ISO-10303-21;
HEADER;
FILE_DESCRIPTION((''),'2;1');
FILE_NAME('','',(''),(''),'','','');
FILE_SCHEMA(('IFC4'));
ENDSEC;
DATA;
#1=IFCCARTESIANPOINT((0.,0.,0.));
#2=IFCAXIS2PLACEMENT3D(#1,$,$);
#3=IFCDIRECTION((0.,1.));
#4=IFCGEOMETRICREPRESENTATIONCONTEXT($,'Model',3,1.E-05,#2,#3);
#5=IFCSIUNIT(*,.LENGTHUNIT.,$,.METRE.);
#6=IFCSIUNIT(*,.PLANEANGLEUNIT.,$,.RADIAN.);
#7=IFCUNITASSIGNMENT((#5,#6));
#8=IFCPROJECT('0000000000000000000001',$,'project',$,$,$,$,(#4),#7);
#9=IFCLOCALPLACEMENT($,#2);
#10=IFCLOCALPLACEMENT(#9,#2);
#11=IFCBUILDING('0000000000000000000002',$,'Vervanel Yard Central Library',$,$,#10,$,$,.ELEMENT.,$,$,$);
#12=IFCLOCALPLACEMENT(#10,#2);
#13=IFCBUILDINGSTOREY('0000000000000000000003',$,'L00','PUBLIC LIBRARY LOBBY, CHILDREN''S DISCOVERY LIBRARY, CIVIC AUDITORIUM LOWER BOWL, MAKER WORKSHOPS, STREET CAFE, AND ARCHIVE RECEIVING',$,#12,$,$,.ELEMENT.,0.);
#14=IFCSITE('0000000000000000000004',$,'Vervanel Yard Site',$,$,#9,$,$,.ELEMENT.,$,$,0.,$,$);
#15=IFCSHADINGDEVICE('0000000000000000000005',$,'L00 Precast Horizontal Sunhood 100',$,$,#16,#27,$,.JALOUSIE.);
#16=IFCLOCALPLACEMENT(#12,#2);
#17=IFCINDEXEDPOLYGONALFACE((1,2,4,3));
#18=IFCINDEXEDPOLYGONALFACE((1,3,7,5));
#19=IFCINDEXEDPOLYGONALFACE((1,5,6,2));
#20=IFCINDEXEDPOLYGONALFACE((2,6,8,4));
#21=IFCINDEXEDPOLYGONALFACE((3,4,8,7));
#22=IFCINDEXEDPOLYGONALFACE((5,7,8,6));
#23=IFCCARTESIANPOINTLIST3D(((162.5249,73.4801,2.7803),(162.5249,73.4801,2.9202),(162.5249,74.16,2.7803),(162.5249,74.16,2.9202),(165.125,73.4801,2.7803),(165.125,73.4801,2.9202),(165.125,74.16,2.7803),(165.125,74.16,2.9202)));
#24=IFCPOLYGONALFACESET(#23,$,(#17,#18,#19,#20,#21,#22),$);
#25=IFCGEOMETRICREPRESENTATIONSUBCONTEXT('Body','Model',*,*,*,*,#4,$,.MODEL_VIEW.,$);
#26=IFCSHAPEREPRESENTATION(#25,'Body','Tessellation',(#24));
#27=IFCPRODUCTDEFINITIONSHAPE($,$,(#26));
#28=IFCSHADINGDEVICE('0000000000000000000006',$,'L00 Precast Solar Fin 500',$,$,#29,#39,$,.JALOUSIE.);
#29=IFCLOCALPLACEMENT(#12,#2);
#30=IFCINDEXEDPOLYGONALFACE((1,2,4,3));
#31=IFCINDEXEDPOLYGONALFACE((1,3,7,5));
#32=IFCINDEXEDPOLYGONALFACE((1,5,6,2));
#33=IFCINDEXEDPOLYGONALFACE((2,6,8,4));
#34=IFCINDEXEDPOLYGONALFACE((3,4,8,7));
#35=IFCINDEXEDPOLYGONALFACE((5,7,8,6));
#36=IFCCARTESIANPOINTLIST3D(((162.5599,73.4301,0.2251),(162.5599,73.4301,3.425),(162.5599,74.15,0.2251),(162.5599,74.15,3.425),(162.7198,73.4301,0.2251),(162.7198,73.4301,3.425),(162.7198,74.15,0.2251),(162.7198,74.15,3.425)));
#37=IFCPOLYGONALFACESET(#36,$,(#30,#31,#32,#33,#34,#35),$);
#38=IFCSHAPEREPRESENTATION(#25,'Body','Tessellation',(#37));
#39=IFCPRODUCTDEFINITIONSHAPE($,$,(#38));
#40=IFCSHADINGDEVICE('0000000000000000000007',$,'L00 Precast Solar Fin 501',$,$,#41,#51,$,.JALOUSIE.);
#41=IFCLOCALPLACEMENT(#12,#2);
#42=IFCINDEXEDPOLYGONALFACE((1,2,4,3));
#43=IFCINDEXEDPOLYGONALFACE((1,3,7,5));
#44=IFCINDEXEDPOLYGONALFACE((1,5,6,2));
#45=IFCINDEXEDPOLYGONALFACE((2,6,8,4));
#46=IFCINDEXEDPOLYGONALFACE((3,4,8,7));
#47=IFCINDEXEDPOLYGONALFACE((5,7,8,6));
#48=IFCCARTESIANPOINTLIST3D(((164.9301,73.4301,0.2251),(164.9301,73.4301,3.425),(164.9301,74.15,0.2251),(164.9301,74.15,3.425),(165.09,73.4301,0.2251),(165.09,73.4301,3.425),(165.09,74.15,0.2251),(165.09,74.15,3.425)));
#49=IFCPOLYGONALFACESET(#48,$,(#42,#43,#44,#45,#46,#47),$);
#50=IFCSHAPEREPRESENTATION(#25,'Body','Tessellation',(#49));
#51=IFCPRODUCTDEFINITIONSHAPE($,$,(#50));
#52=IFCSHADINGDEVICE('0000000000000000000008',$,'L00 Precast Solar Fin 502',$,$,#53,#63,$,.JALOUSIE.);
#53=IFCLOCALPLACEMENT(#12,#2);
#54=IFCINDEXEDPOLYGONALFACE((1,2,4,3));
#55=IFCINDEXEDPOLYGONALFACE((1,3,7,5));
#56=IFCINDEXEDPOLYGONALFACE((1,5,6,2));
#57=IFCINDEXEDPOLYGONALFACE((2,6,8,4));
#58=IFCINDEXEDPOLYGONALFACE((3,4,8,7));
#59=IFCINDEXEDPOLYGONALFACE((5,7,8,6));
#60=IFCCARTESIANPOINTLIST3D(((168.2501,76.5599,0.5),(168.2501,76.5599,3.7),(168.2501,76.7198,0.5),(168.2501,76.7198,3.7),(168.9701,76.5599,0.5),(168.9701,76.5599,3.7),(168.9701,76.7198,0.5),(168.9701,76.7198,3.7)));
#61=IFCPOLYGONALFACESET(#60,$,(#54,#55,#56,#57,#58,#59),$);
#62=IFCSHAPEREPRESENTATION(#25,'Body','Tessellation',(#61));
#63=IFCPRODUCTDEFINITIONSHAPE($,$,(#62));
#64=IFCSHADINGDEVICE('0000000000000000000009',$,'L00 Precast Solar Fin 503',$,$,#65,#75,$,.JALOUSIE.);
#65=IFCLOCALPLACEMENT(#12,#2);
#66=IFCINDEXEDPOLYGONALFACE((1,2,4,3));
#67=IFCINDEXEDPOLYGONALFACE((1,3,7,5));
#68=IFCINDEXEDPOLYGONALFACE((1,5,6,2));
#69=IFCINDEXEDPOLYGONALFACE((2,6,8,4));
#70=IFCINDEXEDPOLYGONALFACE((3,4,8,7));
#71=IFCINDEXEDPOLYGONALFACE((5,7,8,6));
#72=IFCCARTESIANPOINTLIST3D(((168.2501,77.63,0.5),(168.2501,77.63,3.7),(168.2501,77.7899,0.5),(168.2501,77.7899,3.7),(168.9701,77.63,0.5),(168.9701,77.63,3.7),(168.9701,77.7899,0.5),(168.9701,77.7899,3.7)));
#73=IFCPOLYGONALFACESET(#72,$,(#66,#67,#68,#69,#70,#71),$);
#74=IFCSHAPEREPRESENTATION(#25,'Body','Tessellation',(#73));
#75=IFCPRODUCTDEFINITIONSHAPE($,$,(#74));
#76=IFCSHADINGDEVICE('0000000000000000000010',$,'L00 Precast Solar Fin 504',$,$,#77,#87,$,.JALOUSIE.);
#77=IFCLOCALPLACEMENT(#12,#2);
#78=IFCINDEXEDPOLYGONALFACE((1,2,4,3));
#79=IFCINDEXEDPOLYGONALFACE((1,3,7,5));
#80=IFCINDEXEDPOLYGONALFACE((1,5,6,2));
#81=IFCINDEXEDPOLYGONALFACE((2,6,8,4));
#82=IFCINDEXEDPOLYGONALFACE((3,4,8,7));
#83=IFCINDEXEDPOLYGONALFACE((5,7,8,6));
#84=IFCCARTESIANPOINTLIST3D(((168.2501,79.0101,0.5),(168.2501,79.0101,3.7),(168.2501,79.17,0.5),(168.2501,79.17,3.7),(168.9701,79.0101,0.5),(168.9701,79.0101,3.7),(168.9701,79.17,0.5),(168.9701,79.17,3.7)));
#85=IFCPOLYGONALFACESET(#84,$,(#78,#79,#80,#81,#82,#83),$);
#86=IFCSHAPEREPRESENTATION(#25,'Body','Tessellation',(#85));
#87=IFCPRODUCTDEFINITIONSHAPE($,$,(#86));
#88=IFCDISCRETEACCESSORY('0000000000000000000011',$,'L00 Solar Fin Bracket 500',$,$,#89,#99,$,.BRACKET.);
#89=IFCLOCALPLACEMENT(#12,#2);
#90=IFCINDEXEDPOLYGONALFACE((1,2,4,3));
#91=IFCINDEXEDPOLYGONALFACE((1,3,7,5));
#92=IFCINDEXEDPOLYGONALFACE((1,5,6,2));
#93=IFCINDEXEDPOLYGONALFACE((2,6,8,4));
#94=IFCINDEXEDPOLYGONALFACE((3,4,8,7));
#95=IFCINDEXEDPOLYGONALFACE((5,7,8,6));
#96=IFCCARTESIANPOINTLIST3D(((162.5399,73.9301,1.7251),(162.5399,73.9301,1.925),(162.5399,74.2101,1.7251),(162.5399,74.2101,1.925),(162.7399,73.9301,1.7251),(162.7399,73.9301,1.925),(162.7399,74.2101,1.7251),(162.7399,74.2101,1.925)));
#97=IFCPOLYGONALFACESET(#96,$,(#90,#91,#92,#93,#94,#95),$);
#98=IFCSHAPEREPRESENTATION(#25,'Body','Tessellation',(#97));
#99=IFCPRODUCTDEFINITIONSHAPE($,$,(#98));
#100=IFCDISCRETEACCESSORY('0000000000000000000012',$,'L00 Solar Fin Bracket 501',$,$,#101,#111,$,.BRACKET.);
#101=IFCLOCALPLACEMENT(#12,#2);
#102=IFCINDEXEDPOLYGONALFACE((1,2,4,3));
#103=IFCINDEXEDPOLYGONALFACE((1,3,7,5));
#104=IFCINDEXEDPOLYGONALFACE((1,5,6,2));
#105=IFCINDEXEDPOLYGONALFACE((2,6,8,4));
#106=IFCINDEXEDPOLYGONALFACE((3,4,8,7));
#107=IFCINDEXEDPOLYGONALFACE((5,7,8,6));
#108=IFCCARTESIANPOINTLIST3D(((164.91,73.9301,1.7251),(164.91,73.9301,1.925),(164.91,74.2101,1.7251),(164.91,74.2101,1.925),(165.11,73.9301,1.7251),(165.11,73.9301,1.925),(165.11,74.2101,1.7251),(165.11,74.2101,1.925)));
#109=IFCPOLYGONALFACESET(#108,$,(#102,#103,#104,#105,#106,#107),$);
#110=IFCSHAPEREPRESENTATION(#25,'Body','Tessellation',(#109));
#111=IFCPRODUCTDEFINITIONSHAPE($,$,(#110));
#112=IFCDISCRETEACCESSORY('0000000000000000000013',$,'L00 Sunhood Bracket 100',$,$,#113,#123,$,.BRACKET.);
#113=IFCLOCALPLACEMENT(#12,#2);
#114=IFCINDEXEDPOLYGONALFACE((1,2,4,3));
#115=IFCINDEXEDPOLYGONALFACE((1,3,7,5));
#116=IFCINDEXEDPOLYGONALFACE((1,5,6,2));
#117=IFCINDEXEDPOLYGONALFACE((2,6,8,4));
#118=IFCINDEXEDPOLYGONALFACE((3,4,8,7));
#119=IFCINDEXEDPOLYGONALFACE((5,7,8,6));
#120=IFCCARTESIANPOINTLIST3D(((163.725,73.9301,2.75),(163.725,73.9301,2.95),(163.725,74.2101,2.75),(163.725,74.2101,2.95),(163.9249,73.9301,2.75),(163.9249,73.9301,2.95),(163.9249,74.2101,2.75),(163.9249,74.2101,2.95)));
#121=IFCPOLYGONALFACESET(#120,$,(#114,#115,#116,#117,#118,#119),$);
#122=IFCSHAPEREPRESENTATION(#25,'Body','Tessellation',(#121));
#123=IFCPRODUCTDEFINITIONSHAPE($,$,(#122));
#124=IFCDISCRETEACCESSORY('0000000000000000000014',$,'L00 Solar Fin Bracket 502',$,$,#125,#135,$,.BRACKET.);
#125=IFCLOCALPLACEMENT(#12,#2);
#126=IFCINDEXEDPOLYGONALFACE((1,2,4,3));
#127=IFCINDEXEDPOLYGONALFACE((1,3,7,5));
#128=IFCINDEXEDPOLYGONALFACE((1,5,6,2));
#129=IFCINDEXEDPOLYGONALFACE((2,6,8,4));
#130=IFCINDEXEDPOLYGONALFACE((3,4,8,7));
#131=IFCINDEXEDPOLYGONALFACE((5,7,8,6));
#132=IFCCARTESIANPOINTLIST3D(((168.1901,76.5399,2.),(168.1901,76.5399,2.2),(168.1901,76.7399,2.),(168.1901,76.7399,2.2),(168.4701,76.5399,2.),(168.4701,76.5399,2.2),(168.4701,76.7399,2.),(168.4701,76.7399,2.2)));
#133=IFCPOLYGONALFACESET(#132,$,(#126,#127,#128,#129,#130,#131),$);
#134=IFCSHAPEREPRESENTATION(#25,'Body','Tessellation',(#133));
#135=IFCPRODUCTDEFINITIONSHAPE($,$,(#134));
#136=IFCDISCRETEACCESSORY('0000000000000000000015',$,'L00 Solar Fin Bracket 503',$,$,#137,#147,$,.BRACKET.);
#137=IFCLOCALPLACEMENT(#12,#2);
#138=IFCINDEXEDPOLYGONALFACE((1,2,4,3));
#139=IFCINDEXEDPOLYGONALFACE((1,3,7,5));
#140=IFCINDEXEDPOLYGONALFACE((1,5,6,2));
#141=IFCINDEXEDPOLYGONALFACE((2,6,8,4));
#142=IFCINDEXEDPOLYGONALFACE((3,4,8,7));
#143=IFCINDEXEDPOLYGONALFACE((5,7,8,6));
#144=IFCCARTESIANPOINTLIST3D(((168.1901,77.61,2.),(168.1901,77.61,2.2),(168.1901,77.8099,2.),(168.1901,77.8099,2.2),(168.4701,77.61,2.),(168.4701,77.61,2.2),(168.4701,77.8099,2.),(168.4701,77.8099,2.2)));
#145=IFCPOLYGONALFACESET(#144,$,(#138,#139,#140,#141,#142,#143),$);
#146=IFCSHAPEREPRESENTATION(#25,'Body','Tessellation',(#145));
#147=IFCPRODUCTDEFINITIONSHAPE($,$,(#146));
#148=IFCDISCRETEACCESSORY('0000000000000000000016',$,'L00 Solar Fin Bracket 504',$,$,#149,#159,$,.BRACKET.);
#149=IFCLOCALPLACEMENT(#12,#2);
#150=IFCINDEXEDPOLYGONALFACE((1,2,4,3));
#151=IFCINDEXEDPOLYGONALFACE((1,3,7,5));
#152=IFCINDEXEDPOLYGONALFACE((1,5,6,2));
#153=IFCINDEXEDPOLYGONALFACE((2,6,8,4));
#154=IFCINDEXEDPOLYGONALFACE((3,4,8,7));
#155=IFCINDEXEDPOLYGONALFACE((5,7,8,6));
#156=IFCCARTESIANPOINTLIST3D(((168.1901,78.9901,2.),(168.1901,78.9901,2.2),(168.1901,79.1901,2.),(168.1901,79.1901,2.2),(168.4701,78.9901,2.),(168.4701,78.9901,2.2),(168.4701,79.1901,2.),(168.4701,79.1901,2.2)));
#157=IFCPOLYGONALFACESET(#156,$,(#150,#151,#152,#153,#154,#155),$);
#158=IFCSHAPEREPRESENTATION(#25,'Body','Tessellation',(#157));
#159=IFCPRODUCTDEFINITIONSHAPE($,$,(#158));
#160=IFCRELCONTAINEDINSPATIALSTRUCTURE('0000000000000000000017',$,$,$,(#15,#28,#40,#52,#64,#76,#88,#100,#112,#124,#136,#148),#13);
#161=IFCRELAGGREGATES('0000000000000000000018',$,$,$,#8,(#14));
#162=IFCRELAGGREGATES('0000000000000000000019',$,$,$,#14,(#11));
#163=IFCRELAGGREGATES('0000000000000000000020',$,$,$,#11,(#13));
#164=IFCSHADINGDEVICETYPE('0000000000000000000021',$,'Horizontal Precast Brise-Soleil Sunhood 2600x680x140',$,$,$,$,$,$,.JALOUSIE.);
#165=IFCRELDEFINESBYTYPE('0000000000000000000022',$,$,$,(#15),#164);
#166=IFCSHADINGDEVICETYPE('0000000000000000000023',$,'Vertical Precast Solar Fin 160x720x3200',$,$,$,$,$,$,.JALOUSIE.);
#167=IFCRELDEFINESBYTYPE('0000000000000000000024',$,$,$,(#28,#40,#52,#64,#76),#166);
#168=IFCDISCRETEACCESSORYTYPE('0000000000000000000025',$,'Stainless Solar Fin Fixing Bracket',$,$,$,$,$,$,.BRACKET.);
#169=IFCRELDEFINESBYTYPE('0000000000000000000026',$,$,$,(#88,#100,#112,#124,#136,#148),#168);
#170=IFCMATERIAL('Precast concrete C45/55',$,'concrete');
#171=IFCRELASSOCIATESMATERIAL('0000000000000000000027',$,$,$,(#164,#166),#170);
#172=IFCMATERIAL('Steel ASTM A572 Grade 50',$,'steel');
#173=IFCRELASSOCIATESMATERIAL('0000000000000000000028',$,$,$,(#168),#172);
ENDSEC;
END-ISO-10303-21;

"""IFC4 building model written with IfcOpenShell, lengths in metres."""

from ifc_helpers import new_model, si_unit, direction, frame, origin, origin_2d, place, context, subcontext, project, spatial, rectangle, extrude, material, type_object, element, save


model = new_model("IFC4")

# Units and contexts
model_context = context("Model", 3, precision=1e-05, world=origin(), true_north=direction((0.0, 1.0)))
body_context = subcontext(model_context, "Body", "Model", "MODEL_VIEW")
ifc_project = project(units=[si_unit("LENGTHUNIT", "METRE"), si_unit("PLANEANGLEUNIT", "RADIAN")], contexts=[model_context])

# Site, building, storey
site_placement = place(None, origin())
site = spatial("IfcSite", under=ifc_project, at=site_placement, Name="Vervanel Yard Site", CompositionType="ELEMENT", RefElevation=0.0)
building_placement = place(site_placement, origin())
building = spatial("IfcBuilding", under=site, at=building_placement, Name="Vervanel Yard Central Library", CompositionType="ELEMENT")
storey_placement = place(building_placement, origin())
storey = spatial("IfcBuildingStorey", under=building, at=storey_placement, Name="L00", Description="PUBLIC LIBRARY LOBBY, CHILDREN'S DISCOVERY LIBRARY, CIVIC AUDITORIUM LOWER BOWL, MAKER WORKSHOPS, STREET CAFE, AND ARCHIVE RECEIVING", CompositionType="ELEMENT", Elevation=0.0)

# Shared definitions
ifc_material_1 = material(Name="Steel ASTM A572 Grade 50", Category="steel")

# Shared definitions
ifc_material_2 = material(Name="Precast concrete C45/55", Category="concrete")

# Shading devices
shading_device_type_1 = type_object("IfcShadingDeviceType", Name="Horizontal Precast Brise-Soleil Sunhood 2600x680x140", PredefinedType="JALOUSIE", material=ifc_material_2)
shading_device_placement = place(storey_placement, frame((163.825, 73.8201, 2.7803), z_axis=(0.0, 0.0, 1.0), x_axis=(1.0, 0.0, 0.0)))
element("IfcShadingDevice", 1, at=shading_device_placement, inside=storey, type_object=shading_device_type_1, Name="L00 Precast Horizontal Sunhood 100", PredefinedType="JALOUSIE", context=body_context, shape_type="SweptSolid", body=[
    extrude(rectangle(XDim=2.6001, YDim=0.6799, at=origin_2d()), origin(), (0.0, 0.0, 1.0), 0.1399),
])
shading_device_type_2 = type_object("IfcShadingDeviceType", Name="Vertical Precast Solar Fin 160x720x3200", PredefinedType="JALOUSIE", material=ifc_material_2)
for number, where, z_axis, x_axis, name in (
    (2, (162.6399, 73.79, 0.2251), (0.0, 0.0, 1.0), (1.0, 0.0, 0.0), "L00 Precast Solar Fin 500"),
    (3, (165.01, 73.79, 0.2251), (0.0, 0.0, 1.0), (1.0, 0.0, 0.0), "L00 Precast Solar Fin 501"),
    (4, (168.6101, 76.6399, 0.5), (0.0, 0.0, 1.0), (0.0, 1.0, 0.0), "L00 Precast Solar Fin 502"),
    (5, (168.6101, 77.71, 0.5), (0.0, 0.0, 1.0), (0.0, 1.0, 0.0), "L00 Precast Solar Fin 503"),
    (6, (168.6101, 79.0901, 0.5), (0.0, 0.0, 1.0), (0.0, 1.0, 0.0), "L00 Precast Solar Fin 504"),
):
    element("IfcShadingDevice", number, at=place(storey_placement, frame(where, z_axis=z_axis, x_axis=x_axis)), inside=storey, type_object=shading_device_type_2, Name=name, PredefinedType="JALOUSIE", context=body_context, shape_type="SweptSolid", body=[
        extrude(rectangle(XDim=0.1599, YDim=0.72, at=origin_2d()), origin(), (0.0, 0.0, 1.0), 3.2),
    ])

# Discrete accessories
discrete_accessory_type = type_object("IfcDiscreteAccessoryType", Name="Stainless Solar Fin Fixing Bracket", PredefinedType="BRACKET", material=ifc_material_1)
for number, where, z_axis, x_axis, name in (
    (7, (162.6399, 74.0701, 1.7251), (0.0, 0.0, 1.0), (1.0, 0.0, 0.0), "L00 Solar Fin Bracket 500"),
    (8, (165.01, 74.0701, 1.7251), (0.0, 0.0, 1.0), (1.0, 0.0, 0.0), "L00 Solar Fin Bracket 501"),
    (9, (163.825, 74.0701, 2.75), (0.0, 0.0, 1.0), (1.0, 0.0, 0.0), "L00 Sunhood Bracket 100"),
    (10, (168.3301, 76.6399, 2.0), (0.0, 0.0, 1.0), (0.0, 1.0, 0.0), "L00 Solar Fin Bracket 502"),
    (11, (168.3301, 77.71, 2.0), (0.0, 0.0, 1.0), (0.0, 1.0, 0.0), "L00 Solar Fin Bracket 503"),
    (12, (168.3301, 79.0901, 2.0), (0.0, 0.0, 1.0), (0.0, 1.0, 0.0), "L00 Solar Fin Bracket 504"),
):
    element("IfcDiscreteAccessory", number, at=place(storey_placement, frame(where, z_axis=z_axis, x_axis=x_axis)), inside=storey, type_object=discrete_accessory_type, Name=name, PredefinedType="BRACKET", context=body_context, shape_type="SweptSolid", body=[
        extrude(rectangle(XDim=0.2, YDim=0.28, at=origin_2d()), origin(), (0.0, 0.0, 1.0), 0.2),
    ])

save(model, "model.ifc")
